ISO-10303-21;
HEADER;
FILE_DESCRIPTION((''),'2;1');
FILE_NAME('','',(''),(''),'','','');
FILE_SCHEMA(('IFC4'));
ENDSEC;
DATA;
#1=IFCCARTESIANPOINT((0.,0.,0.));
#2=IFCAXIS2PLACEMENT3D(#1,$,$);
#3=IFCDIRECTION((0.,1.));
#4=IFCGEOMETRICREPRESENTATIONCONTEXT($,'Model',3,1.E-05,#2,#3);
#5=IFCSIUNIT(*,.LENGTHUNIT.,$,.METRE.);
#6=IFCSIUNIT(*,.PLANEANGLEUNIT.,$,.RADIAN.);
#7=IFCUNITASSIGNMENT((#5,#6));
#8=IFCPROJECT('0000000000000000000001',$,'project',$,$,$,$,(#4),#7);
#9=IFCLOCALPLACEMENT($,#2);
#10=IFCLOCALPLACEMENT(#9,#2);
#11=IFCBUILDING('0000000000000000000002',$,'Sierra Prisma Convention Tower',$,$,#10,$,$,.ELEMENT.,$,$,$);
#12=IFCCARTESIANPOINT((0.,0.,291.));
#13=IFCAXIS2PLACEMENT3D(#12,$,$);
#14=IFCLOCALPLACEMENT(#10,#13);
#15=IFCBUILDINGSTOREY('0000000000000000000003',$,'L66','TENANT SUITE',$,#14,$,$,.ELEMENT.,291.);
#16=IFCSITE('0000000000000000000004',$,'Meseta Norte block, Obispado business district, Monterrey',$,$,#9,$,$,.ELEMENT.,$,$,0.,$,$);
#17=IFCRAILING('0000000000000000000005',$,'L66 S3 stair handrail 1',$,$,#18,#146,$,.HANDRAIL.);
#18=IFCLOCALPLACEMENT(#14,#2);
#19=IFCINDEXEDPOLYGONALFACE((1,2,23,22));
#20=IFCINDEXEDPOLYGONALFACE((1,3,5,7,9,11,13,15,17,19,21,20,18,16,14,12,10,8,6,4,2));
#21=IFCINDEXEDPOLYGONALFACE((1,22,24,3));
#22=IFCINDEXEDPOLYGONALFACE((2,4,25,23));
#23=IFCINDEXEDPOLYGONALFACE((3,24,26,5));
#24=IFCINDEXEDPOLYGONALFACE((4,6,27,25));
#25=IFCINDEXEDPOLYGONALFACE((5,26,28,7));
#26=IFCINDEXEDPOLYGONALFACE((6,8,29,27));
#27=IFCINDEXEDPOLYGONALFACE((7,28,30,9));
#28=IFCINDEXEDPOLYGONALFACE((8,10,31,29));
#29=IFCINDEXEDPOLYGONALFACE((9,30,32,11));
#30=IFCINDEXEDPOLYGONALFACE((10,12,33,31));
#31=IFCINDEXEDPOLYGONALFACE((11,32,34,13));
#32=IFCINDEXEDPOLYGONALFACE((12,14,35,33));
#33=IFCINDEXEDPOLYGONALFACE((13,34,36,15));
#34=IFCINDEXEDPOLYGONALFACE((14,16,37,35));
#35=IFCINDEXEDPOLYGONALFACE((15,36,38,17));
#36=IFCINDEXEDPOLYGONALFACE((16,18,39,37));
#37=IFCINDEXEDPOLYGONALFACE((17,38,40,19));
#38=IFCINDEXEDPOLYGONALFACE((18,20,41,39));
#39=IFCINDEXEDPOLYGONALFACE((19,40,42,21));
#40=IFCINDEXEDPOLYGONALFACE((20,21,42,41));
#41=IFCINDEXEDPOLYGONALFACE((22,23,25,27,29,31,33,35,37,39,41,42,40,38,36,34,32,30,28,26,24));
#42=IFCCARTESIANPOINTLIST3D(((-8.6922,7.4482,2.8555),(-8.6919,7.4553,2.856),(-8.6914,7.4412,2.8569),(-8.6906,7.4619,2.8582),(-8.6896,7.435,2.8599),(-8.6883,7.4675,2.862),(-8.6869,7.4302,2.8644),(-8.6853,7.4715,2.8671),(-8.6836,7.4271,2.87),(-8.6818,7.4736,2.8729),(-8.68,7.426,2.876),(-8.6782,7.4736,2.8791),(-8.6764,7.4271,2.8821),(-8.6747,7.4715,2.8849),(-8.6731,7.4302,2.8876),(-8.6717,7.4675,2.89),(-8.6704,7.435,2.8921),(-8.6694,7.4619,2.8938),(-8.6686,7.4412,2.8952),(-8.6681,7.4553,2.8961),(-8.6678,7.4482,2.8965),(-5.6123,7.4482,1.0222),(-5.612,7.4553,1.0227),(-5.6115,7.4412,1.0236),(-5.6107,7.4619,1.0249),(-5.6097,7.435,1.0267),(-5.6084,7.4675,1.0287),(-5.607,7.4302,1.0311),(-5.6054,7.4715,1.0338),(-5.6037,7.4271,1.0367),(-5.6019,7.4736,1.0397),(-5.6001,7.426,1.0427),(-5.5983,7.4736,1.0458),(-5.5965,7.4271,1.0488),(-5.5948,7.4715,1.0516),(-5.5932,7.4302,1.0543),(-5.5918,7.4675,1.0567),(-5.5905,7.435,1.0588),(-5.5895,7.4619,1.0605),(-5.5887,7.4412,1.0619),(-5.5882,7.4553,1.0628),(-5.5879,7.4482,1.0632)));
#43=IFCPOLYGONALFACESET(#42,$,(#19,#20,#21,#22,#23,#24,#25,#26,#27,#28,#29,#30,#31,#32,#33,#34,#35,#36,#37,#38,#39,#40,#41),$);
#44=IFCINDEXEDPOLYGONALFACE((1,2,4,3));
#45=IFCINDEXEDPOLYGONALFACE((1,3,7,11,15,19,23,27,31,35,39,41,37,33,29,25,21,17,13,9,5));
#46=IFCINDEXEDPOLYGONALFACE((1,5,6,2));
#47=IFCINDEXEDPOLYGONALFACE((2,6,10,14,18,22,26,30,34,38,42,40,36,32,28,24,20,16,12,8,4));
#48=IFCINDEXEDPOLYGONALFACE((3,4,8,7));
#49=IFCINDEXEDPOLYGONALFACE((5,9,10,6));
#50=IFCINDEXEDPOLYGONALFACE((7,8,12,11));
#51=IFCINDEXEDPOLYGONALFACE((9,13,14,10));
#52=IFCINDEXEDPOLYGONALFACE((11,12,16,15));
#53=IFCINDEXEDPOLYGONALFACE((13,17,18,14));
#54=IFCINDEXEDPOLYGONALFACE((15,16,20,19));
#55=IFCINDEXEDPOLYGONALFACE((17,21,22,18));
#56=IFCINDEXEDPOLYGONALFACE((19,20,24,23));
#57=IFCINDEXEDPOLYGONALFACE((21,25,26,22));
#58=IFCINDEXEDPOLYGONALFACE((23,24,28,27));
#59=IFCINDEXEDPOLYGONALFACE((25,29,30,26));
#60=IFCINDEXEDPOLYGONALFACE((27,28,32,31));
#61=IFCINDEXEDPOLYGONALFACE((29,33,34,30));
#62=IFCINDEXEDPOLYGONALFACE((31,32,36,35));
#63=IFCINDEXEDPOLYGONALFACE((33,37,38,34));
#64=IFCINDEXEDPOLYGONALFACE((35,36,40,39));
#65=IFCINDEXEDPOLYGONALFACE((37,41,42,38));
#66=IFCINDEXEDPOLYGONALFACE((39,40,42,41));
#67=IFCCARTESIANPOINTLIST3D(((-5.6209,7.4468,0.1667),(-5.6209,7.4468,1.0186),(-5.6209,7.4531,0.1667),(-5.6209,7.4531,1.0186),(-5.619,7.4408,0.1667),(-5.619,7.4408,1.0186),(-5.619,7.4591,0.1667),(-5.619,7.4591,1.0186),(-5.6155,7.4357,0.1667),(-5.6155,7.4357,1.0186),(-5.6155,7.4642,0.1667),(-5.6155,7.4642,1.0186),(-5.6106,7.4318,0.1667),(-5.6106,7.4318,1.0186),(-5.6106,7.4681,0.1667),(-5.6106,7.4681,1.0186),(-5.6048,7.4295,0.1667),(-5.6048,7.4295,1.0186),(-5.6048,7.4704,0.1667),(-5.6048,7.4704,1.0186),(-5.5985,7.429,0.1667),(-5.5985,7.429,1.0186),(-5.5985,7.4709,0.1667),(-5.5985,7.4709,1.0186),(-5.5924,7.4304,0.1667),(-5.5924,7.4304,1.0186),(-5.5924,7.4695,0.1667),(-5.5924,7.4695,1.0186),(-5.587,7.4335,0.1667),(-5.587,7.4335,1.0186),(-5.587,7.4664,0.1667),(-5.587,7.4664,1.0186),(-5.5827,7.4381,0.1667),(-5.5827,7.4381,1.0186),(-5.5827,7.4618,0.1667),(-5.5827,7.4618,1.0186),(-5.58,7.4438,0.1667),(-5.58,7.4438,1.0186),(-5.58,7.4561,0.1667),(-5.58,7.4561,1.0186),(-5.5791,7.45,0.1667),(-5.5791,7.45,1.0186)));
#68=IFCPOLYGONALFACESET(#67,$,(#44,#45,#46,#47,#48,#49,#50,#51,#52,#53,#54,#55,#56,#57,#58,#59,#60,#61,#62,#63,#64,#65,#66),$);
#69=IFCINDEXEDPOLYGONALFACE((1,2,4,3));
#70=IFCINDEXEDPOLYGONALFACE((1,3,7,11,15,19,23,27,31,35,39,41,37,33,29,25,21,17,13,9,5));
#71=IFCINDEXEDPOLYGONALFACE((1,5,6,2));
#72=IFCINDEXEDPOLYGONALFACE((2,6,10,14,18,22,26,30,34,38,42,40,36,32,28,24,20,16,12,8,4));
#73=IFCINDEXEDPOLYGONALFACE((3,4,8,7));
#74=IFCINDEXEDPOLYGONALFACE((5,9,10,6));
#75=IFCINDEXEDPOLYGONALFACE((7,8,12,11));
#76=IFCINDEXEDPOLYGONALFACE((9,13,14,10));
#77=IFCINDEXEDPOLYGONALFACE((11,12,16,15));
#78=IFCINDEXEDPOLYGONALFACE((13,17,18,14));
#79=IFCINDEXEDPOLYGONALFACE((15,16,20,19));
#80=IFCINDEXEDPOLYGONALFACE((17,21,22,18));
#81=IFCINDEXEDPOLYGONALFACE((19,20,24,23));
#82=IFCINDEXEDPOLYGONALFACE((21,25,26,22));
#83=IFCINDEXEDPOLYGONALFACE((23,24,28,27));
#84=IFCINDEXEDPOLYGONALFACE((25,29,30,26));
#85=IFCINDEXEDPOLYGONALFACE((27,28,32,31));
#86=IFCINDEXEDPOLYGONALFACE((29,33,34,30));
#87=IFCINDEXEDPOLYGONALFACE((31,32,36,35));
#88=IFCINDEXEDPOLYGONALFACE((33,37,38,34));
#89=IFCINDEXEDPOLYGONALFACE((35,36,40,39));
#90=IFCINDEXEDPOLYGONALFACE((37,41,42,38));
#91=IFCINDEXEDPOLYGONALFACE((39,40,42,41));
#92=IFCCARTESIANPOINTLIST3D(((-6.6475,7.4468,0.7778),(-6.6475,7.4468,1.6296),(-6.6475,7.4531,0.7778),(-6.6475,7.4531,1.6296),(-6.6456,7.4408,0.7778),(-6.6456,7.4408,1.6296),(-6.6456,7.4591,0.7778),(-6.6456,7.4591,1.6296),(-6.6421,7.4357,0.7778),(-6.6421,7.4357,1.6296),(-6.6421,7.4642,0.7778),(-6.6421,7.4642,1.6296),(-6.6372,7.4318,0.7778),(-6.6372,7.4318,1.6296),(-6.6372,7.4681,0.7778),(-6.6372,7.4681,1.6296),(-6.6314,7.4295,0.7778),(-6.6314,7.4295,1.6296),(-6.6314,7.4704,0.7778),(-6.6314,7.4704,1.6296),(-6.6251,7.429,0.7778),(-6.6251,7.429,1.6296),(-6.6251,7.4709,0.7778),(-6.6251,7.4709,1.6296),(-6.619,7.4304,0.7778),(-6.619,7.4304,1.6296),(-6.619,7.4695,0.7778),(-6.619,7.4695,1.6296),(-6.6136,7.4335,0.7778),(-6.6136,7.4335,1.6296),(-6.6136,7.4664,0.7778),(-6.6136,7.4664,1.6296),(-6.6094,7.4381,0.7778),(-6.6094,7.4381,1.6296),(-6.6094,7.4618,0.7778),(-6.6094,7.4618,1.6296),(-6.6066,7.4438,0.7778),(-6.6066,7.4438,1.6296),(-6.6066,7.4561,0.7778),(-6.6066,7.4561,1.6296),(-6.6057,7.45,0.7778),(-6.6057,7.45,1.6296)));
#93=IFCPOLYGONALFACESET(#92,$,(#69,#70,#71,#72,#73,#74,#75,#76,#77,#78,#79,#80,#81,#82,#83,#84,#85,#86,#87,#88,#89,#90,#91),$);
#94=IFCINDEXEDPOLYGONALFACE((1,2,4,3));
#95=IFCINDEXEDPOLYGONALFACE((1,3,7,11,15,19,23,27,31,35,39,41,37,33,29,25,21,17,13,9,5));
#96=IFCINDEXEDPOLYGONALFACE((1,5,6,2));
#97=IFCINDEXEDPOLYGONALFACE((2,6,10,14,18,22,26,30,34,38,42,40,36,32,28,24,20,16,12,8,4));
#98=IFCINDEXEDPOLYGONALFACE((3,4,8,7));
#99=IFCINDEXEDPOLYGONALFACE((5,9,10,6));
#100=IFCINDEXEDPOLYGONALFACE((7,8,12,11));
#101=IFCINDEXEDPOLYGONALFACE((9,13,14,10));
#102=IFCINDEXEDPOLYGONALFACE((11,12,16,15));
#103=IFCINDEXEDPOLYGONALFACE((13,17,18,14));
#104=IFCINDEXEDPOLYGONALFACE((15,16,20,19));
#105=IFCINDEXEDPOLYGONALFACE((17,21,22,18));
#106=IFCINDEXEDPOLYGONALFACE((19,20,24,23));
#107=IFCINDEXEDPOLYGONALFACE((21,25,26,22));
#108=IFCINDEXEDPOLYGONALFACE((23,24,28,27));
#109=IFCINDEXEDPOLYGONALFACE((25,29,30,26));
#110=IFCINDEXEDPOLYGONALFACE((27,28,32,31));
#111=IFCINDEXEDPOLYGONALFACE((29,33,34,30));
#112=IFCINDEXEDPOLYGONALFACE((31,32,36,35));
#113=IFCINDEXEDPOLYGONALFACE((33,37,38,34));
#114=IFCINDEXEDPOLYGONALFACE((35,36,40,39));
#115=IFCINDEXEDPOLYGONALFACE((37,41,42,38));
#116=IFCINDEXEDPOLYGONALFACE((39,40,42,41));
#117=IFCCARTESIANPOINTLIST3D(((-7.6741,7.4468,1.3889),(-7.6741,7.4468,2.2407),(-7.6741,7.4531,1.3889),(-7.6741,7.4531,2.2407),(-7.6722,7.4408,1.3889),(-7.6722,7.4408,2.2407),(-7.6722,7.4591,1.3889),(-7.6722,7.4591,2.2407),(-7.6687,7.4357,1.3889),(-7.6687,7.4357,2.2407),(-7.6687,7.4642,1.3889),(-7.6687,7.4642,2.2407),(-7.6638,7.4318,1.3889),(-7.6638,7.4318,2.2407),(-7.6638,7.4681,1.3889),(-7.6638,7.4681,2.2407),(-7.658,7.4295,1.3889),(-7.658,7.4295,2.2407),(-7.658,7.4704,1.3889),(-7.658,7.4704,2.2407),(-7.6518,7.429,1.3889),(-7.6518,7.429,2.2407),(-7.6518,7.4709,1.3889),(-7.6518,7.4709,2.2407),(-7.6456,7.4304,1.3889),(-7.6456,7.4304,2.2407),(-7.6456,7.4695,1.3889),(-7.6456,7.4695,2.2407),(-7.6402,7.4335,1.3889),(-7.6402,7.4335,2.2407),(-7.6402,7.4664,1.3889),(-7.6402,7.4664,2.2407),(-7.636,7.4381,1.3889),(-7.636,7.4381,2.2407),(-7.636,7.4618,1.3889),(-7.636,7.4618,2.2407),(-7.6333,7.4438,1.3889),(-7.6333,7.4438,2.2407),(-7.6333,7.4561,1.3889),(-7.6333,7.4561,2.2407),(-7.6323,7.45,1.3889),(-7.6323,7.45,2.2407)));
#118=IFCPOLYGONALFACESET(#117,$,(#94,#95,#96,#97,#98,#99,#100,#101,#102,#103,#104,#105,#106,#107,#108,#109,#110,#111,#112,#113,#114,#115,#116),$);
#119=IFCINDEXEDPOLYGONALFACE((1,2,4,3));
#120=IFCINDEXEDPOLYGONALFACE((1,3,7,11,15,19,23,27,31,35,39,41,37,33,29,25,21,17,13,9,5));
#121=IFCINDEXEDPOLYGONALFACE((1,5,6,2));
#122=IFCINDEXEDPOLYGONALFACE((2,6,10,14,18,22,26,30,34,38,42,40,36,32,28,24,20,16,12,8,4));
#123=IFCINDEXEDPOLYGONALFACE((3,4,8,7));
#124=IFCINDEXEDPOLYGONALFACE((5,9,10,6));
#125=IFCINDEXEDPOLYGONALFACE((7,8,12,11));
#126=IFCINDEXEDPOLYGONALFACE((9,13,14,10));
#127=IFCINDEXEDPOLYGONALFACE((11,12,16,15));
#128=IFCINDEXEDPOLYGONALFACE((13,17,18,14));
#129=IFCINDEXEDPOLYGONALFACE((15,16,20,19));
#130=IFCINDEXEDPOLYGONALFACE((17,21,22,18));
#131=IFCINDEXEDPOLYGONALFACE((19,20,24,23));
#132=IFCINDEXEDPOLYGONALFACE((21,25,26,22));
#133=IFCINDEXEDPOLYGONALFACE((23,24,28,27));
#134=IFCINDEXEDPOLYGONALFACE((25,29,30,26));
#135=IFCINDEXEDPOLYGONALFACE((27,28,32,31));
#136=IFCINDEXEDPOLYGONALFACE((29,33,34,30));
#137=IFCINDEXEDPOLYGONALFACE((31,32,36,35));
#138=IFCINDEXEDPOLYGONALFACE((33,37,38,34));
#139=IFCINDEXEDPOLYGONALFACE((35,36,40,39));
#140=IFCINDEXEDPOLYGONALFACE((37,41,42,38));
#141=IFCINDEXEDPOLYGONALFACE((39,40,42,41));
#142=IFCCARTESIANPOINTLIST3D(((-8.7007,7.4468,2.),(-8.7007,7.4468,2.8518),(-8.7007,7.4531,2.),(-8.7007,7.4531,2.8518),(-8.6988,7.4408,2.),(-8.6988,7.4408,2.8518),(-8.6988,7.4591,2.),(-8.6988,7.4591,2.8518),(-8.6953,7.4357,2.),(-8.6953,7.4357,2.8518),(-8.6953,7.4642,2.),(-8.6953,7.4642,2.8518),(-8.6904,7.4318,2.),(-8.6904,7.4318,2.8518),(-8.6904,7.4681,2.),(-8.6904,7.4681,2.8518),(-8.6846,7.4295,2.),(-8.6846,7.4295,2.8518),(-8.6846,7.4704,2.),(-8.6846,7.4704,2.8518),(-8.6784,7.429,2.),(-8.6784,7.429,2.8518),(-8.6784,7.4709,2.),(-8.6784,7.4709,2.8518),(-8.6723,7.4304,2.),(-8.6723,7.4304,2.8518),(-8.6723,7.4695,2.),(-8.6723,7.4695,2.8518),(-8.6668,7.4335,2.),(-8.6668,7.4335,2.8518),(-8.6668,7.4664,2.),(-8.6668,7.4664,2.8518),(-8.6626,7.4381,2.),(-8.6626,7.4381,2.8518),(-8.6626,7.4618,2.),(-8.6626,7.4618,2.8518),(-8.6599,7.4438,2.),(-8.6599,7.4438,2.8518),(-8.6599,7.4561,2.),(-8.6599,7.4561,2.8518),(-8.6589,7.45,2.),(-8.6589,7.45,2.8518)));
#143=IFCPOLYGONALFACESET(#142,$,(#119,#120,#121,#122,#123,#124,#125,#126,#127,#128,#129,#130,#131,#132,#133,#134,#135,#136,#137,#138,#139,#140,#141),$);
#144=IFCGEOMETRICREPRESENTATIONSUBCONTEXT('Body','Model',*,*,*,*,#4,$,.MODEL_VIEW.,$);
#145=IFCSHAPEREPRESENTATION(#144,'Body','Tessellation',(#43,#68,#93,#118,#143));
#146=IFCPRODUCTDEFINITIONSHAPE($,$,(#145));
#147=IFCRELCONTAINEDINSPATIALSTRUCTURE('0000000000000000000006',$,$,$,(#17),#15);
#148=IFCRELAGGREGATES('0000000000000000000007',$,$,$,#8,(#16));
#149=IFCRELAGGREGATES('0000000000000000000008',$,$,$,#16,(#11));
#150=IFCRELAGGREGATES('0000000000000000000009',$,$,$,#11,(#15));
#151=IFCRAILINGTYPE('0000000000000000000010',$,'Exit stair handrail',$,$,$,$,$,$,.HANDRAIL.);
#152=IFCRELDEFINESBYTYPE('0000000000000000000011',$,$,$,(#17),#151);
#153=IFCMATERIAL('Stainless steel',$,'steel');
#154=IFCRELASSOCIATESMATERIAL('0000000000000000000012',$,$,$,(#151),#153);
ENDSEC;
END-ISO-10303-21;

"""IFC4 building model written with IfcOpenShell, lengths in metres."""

from ifc_helpers import new_model, si_unit, direction, frame, origin, origin_2d, place, context, subcontext, project, spatial, circle, extrude, material, type_object, element, save


model = new_model("IFC4")

# Units and contexts
model_context = context("Model", 3, precision=1e-05, world=origin(), true_north=direction((0.0, 1.0)))
body_context = subcontext(model_context, "Body", "Model", "MODEL_VIEW")
ifc_project = project(units=[si_unit("LENGTHUNIT", "METRE"), si_unit("PLANEANGLEUNIT", "RADIAN")], contexts=[model_context])

# Site, building, storey
site_placement = place(None, origin())
site = spatial("IfcSite", under=ifc_project, at=site_placement, Name="Meseta Norte block, Obispado business district, Monterrey", CompositionType="ELEMENT", RefElevation=0.0)
building_placement = place(site_placement, origin())
building = spatial("IfcBuilding", under=site, at=building_placement, Name="Sierra Prisma Convention Tower", CompositionType="ELEMENT")
storey_placement = place(building_placement, frame((0.0, 0.0, 291.0)))
storey = spatial("IfcBuildingStorey", under=building, at=storey_placement, Name="L66", Description="TENANT SUITE", CompositionType="ELEMENT", Elevation=291.0)

# Railing
ifc_material_1 = material(Name="Stainless steel", Category="steel")
railing_type_1 = type_object("IfcRailingType", Name="Exit stair handrail", PredefinedType="HANDRAIL", material=ifc_material_1)
railing_1_placement = place(storey_placement, frame((-5.6001, 7.45, 0.1667)))
element("IfcRailing", 1, at=railing_1_placement, inside=storey, type_object=railing_type_1, Name="L66 S3 stair handrail 1", PredefinedType="HANDRAIL", context=body_context, shape_type="SweptSolid", body=[
    extrude(circle(Radius=0.0239, at=origin_2d()), frame((0.0, 0.0, 0.876), z_axis=(-0.859291, 0.0, 0.511487), x_axis=(0.0, -1.0, 0.0)), (0.0, 0.0, 1.0), 3.5842),
    extrude(circle(Radius=0.021, at=origin_2d()), origin(), (0.0, 0.0, 1.0), 0.8518),
    extrude(circle(Radius=0.021, at=origin_2d()), frame((-1.0266, 0.0, 0.6111)), (0.0, 0.0, 1.0), 0.8518),
    extrude(circle(Radius=0.021, at=origin_2d()), frame((-2.0532, 0.0, 1.2222)), (0.0, 0.0, 1.0), 0.8518),
    extrude(circle(Radius=0.021, at=origin_2d()), frame((-3.0798, 0.0, 1.8333)), (0.0, 0.0, 1.0), 0.8518),
])

save(model, "model.ifc")
